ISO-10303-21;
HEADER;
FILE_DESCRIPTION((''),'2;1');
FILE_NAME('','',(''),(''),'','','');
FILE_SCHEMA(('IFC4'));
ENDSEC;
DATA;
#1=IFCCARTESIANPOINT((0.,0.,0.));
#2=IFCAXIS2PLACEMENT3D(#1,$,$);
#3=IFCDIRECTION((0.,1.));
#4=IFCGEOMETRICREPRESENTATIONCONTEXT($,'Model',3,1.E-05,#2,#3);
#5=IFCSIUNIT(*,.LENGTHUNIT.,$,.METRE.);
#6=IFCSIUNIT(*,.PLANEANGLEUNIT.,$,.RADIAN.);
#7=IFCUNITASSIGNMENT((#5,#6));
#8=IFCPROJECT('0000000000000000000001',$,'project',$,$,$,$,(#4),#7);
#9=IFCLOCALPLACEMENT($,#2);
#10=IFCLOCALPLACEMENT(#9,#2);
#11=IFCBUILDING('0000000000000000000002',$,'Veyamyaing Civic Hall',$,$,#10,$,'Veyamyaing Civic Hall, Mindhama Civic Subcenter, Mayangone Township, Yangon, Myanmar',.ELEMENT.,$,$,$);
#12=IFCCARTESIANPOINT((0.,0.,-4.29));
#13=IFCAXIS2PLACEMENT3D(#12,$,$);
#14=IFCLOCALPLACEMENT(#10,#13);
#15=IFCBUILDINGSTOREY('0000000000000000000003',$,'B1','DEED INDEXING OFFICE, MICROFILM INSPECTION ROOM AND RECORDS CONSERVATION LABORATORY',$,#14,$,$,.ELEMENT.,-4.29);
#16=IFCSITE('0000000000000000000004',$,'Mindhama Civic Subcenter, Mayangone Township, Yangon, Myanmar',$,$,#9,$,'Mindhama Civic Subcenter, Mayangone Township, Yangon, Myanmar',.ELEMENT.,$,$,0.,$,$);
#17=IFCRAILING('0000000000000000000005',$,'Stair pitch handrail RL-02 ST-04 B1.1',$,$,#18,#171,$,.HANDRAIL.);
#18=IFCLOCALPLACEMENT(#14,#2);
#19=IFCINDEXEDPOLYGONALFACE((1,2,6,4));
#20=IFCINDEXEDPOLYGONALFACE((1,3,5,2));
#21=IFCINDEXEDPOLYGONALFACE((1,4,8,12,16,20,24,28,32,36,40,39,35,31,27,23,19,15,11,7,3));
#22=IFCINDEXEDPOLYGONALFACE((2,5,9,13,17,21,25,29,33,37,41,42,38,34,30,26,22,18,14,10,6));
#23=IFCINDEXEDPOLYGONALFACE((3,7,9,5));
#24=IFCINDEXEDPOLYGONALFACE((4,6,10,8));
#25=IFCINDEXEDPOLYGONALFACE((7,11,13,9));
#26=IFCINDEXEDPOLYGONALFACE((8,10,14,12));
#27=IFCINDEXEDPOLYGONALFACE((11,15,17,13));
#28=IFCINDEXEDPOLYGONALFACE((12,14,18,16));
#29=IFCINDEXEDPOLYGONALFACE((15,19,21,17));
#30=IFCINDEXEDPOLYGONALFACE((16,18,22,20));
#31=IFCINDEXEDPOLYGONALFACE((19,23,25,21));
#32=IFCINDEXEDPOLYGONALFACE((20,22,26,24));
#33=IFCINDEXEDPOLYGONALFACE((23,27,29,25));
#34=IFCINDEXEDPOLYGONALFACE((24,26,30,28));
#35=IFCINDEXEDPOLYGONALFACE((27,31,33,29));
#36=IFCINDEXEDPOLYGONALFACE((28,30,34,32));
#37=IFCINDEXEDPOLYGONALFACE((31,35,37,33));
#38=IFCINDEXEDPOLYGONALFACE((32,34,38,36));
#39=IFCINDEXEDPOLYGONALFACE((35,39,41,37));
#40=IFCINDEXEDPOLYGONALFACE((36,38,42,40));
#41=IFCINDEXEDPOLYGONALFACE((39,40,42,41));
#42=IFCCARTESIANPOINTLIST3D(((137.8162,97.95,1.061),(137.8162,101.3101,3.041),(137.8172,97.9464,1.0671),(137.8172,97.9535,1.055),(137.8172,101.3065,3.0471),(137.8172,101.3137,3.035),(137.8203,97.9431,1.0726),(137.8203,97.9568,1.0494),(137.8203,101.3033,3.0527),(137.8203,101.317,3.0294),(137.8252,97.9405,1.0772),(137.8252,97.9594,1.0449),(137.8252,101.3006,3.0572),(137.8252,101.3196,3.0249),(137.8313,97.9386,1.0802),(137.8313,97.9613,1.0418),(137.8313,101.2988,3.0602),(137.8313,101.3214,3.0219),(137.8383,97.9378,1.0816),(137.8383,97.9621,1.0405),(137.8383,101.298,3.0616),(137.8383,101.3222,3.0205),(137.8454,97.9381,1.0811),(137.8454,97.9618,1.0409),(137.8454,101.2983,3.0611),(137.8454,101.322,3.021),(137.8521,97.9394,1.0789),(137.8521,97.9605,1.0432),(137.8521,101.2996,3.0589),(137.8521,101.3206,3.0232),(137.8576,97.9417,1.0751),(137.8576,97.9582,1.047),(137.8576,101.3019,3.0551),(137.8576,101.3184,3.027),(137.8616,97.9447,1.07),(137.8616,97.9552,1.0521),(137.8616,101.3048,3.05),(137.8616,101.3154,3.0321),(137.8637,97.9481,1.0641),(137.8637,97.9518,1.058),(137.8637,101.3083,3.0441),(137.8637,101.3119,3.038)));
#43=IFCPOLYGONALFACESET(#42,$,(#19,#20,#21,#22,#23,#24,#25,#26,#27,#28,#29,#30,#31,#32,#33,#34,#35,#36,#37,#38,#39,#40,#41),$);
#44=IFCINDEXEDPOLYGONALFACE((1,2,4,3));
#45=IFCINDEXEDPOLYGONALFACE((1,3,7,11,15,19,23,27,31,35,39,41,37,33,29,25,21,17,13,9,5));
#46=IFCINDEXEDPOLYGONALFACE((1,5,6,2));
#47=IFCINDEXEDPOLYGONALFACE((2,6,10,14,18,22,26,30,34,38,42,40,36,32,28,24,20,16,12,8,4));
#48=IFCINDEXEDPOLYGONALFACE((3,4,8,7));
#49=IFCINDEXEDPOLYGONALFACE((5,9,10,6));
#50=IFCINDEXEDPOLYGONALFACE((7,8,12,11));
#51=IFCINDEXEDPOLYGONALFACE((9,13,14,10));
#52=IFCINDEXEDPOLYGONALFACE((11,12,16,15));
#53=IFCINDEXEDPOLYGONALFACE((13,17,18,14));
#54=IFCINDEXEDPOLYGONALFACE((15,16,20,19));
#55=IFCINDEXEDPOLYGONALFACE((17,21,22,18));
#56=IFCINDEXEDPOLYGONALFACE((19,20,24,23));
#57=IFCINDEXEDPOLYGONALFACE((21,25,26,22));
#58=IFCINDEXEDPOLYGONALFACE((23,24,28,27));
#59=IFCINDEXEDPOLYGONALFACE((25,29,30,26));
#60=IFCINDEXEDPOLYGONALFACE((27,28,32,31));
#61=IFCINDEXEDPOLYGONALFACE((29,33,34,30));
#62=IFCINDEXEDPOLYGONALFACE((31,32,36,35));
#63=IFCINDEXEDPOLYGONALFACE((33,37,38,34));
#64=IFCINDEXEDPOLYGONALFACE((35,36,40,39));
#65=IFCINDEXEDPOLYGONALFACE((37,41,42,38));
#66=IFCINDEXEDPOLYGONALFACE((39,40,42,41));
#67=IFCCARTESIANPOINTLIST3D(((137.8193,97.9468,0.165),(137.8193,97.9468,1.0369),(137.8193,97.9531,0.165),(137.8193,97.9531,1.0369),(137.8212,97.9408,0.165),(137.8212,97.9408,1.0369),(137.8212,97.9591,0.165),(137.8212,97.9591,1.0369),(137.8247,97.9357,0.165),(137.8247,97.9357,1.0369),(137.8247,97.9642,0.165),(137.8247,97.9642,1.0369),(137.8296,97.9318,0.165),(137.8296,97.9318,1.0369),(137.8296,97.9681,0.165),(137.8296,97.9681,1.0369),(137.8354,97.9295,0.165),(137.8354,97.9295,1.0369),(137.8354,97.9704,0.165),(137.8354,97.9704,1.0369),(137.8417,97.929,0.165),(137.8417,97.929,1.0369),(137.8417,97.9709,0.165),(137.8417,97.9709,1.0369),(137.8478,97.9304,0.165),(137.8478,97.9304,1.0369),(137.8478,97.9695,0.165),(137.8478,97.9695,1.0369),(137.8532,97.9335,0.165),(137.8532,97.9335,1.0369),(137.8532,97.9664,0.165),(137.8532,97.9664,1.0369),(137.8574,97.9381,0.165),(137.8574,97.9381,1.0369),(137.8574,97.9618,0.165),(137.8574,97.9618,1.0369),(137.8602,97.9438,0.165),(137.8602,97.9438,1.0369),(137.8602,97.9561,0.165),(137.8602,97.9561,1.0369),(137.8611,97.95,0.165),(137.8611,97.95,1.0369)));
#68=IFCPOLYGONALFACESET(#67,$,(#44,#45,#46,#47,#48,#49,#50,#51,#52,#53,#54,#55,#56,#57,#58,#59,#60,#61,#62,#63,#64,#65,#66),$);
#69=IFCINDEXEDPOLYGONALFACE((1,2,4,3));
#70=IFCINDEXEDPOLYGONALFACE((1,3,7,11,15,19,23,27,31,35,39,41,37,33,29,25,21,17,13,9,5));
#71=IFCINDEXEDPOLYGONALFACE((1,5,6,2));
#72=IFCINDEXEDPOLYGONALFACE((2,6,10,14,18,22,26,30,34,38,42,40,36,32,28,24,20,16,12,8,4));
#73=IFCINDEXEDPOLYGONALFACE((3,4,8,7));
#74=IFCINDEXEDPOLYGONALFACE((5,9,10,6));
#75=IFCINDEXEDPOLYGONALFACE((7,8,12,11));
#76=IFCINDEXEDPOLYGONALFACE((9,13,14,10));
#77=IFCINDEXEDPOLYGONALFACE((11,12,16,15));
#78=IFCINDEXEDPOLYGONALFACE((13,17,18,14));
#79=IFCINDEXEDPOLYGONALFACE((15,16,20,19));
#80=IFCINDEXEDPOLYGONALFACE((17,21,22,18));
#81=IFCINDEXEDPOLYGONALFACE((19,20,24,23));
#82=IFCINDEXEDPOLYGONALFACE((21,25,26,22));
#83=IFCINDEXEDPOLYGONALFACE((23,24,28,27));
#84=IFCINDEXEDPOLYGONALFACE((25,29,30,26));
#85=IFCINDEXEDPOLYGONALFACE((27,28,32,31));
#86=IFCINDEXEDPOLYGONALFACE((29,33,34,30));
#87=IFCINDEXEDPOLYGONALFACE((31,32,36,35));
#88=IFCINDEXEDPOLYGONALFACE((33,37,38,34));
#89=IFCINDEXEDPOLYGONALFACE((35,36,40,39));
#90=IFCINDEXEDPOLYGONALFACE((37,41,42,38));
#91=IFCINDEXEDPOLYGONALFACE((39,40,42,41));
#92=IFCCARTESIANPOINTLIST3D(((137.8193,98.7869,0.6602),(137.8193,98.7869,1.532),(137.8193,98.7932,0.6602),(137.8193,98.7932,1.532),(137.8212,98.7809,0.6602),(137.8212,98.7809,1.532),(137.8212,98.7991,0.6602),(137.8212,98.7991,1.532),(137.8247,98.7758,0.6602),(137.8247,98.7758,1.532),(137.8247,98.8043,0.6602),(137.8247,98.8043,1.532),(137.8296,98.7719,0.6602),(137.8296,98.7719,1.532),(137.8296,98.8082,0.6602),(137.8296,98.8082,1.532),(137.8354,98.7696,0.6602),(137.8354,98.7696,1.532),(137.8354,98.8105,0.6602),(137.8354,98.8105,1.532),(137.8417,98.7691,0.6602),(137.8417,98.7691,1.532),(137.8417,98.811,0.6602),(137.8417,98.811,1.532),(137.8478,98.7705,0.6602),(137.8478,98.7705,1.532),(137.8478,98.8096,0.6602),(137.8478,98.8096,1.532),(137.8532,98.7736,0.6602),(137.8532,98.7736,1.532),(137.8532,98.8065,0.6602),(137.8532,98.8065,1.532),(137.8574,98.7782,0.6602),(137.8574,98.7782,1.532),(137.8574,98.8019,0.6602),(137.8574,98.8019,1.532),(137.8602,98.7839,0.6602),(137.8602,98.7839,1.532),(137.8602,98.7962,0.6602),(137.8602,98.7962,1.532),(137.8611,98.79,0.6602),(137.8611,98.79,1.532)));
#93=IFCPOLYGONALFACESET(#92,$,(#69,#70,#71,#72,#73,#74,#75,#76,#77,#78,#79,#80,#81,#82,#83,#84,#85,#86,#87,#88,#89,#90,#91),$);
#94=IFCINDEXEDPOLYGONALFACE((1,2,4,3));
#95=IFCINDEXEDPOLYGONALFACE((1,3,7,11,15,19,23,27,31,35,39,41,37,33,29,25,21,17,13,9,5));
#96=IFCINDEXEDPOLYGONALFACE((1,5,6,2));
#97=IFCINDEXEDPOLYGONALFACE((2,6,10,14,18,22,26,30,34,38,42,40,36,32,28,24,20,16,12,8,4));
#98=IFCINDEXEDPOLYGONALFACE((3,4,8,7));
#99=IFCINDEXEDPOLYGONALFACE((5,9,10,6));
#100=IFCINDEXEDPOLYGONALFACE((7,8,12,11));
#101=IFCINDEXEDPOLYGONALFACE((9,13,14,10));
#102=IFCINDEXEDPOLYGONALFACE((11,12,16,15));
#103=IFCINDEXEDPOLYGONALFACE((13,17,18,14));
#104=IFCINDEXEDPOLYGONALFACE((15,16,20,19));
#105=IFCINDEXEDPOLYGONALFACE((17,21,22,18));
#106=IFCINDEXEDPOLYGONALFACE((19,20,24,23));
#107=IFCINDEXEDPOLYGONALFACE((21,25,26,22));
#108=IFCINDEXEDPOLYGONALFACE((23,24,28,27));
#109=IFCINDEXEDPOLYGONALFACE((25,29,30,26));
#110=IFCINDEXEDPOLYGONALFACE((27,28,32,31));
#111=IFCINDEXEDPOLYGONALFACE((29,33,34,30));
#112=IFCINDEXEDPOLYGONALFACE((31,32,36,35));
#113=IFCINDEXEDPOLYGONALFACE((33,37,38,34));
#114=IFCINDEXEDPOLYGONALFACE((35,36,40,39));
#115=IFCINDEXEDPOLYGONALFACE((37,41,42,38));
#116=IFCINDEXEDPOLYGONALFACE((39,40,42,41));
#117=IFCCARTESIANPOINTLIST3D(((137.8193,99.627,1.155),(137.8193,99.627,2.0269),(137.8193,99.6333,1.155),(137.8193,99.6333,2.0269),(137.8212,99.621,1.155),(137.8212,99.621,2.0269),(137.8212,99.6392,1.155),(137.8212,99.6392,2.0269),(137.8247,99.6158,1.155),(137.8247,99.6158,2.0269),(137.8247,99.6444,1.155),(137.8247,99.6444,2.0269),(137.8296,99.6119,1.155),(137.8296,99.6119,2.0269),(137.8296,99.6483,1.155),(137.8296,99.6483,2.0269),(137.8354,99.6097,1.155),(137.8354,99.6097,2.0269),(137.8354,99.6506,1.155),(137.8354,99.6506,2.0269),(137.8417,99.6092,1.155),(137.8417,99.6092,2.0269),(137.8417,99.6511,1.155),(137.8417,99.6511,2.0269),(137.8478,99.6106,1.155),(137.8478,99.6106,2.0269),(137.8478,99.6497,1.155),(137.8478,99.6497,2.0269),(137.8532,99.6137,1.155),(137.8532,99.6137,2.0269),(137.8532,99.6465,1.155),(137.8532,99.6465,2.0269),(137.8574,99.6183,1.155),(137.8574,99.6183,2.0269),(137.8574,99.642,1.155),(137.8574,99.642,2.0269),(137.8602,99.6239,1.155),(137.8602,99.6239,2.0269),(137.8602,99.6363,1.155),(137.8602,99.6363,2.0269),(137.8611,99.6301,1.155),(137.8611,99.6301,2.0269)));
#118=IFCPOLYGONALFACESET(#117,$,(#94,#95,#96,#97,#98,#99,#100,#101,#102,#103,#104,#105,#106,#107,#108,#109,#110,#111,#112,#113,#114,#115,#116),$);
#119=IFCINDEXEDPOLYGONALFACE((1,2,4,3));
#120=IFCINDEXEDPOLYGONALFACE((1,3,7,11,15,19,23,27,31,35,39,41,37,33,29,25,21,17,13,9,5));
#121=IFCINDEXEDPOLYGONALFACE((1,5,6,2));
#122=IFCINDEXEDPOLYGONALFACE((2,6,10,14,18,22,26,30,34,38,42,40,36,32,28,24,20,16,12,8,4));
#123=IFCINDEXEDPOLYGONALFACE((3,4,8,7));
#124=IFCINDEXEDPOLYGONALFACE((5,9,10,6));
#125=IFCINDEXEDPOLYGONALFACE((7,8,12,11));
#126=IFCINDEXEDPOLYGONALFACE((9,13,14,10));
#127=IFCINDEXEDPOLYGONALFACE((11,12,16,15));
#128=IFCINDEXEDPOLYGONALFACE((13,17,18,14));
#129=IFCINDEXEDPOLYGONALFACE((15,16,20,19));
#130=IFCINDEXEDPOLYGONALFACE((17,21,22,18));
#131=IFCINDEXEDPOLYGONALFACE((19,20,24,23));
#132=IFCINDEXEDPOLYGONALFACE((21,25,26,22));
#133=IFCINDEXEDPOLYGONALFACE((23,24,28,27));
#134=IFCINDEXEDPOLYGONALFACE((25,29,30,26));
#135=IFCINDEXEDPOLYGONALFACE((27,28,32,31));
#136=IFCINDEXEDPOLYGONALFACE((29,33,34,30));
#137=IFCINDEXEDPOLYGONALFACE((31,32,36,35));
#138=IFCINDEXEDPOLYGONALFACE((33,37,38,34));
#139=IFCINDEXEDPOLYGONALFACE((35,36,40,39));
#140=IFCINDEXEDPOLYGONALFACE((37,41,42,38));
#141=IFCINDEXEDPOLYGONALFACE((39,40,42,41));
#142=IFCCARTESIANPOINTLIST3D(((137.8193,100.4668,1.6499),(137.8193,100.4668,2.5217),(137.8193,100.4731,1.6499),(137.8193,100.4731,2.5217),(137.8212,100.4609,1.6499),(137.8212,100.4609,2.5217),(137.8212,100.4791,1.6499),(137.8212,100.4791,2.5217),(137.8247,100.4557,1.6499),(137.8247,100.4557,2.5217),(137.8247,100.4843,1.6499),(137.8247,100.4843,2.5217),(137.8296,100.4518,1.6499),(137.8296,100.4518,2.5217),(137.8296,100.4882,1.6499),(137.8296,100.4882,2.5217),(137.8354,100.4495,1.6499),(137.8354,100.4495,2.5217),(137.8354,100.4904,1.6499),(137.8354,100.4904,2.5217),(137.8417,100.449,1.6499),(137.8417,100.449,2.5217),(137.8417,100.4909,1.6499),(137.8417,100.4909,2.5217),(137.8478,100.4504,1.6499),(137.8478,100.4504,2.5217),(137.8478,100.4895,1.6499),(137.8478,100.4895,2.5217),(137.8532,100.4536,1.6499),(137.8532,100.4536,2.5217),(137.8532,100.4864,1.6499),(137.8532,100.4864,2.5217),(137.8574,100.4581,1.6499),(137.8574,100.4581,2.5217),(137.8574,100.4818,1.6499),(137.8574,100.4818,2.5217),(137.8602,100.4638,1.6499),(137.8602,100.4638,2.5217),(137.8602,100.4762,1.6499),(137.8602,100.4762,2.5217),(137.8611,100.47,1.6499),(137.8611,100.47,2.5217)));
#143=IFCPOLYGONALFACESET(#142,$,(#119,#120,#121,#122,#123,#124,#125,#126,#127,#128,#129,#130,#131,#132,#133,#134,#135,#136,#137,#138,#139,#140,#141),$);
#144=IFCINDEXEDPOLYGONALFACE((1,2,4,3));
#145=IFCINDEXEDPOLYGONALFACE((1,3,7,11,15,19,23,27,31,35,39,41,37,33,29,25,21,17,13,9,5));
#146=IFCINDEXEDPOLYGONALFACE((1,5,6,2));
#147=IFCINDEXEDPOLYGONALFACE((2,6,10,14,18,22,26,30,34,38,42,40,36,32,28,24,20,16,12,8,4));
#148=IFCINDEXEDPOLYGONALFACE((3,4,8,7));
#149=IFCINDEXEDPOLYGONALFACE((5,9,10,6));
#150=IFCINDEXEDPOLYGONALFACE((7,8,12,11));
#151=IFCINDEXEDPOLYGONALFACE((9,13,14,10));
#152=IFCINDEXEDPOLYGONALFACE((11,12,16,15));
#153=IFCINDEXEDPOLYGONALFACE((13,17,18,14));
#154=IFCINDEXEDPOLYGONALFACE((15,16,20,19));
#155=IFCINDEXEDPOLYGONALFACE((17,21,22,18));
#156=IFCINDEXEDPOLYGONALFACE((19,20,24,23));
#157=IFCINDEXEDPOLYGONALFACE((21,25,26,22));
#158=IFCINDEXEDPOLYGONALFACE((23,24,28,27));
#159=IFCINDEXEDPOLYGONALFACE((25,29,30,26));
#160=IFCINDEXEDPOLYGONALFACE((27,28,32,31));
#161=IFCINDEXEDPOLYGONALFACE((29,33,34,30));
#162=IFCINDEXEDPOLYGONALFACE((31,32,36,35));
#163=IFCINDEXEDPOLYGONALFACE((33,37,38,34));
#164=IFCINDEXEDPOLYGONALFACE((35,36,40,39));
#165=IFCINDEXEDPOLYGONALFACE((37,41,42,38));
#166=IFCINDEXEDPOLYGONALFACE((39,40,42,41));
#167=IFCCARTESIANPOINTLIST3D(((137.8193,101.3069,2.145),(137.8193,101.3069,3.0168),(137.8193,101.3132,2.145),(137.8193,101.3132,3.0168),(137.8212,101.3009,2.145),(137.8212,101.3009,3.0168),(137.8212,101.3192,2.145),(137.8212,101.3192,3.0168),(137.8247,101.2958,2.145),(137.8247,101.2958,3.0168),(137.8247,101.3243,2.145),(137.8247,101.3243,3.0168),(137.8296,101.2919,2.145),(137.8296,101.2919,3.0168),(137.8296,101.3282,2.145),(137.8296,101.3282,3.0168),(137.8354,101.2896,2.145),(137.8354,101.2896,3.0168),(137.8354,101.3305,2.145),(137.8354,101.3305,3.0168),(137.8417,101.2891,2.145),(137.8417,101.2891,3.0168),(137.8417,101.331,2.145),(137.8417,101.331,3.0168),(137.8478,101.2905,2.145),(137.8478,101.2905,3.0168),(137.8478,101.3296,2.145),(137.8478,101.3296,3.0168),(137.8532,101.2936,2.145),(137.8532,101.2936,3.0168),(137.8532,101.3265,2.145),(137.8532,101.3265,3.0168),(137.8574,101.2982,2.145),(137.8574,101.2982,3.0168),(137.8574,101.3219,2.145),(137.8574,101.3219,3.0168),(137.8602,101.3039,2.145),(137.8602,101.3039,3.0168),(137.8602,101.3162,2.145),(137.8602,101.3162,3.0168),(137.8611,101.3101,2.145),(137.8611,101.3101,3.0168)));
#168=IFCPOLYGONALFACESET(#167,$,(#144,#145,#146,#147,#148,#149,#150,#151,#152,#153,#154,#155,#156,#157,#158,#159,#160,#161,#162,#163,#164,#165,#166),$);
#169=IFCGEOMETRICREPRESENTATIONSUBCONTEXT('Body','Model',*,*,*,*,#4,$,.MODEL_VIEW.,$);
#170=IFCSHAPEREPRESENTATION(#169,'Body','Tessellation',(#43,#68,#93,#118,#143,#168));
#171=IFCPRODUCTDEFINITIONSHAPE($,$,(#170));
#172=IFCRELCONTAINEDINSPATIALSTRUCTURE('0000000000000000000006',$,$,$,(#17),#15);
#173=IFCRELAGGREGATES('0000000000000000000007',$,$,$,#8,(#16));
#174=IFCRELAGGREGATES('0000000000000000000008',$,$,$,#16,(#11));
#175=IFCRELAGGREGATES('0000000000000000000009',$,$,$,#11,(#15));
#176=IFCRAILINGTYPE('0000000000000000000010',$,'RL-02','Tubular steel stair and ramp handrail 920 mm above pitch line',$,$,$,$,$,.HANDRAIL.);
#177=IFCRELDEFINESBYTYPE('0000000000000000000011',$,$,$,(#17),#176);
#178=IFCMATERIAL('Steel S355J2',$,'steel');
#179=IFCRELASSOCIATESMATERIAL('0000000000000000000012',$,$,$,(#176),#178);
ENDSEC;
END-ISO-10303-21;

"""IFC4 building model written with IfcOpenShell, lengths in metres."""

from ifc_helpers import new_model, si_unit, direction, frame, origin, origin_2d, place, context, subcontext, project, spatial, circle, extrude, material, type_object, element, save


model = new_model("IFC4")

# Units and contexts
model_context = context("Model", 3, precision=1e-05, world=origin(), true_north=direction((0.0, 1.0)))
body_context = subcontext(model_context, "Body", "Model", "MODEL_VIEW")
ifc_project = project(units=[si_unit("LENGTHUNIT", "METRE"), si_unit("PLANEANGLEUNIT", "RADIAN")], contexts=[model_context])

# Site, building, storey
site_placement = place(None, origin())
site = spatial("IfcSite", under=ifc_project, at=site_placement, Name="Mindhama Civic Subcenter, Mayangone Township, Yangon, Myanmar", LongName="Mindhama Civic Subcenter, Mayangone Township, Yangon, Myanmar", CompositionType="ELEMENT", RefElevation=0.0)
building_placement = place(site_placement, origin())
building = spatial("IfcBuilding", under=site, at=building_placement, Name="Veyamyaing Civic Hall", LongName="Veyamyaing Civic Hall, Mindhama Civic Subcenter, Mayangone Township, Yangon, Myanmar", CompositionType="ELEMENT")
storey_placement = place(building_placement, frame((0.0, 0.0, -4.29)))
storey = spatial("IfcBuildingStorey", under=building, at=storey_placement, Name="B1", Description="DEED INDEXING OFFICE, MICROFILM INSPECTION ROOM AND RECORDS CONSERVATION LABORATORY", CompositionType="ELEMENT", Elevation=-4.29)

# Railing
ifc_material_1 = material(Name="Steel S355J2", Category="steel")
railing_type_1 = type_object("IfcRailingType", Name="RL-02", Description="Tubular steel stair and ramp handrail 920 mm above pitch line", PredefinedType="HANDRAIL", material=ifc_material_1)
railing_1_placement = place(storey_placement, frame((137.8401, 97.95, 0.165)))
element("IfcRailing", 1, at=railing_1_placement, inside=storey, type_object=railing_type_1, Name="Stair pitch handrail RL-02 ST-04 B1.1", PredefinedType="HANDRAIL", context=body_context, shape_type="SweptSolid", body=[
    extrude(circle(Radius=0.0239, at=origin_2d()), frame((0.0, 0.0, 0.896), z_axis=(0.0, 0.861548, 0.507677), x_axis=(-1.0, 0.0, 0.0)), (0.0, 0.0, 1.0), 3.9001),
    extrude(circle(Radius=0.021, at=origin_2d()), origin(), (0.0, 0.0, 1.0), 0.8718),
    extrude(circle(Radius=0.021, at=origin_2d()), frame((0.0, 0.8401, 0.4951)), (0.0, 0.0, 1.0), 0.8718),
    extrude(circle(Radius=0.021, at=origin_2d()), frame((0.0, 1.6802, 0.99)), (0.0, 0.0, 1.0), 0.8718),
    extrude(circle(Radius=0.021, at=origin_2d()), frame((0.0, 2.52, 1.4849)), (0.0, 0.0, 1.0), 0.8718),
    extrude(circle(Radius=0.021, at=origin_2d()), frame((0.0, 3.3601, 1.98)), (0.0, 0.0, 1.0), 0.8718),
])

save(model, "model.ifc")
